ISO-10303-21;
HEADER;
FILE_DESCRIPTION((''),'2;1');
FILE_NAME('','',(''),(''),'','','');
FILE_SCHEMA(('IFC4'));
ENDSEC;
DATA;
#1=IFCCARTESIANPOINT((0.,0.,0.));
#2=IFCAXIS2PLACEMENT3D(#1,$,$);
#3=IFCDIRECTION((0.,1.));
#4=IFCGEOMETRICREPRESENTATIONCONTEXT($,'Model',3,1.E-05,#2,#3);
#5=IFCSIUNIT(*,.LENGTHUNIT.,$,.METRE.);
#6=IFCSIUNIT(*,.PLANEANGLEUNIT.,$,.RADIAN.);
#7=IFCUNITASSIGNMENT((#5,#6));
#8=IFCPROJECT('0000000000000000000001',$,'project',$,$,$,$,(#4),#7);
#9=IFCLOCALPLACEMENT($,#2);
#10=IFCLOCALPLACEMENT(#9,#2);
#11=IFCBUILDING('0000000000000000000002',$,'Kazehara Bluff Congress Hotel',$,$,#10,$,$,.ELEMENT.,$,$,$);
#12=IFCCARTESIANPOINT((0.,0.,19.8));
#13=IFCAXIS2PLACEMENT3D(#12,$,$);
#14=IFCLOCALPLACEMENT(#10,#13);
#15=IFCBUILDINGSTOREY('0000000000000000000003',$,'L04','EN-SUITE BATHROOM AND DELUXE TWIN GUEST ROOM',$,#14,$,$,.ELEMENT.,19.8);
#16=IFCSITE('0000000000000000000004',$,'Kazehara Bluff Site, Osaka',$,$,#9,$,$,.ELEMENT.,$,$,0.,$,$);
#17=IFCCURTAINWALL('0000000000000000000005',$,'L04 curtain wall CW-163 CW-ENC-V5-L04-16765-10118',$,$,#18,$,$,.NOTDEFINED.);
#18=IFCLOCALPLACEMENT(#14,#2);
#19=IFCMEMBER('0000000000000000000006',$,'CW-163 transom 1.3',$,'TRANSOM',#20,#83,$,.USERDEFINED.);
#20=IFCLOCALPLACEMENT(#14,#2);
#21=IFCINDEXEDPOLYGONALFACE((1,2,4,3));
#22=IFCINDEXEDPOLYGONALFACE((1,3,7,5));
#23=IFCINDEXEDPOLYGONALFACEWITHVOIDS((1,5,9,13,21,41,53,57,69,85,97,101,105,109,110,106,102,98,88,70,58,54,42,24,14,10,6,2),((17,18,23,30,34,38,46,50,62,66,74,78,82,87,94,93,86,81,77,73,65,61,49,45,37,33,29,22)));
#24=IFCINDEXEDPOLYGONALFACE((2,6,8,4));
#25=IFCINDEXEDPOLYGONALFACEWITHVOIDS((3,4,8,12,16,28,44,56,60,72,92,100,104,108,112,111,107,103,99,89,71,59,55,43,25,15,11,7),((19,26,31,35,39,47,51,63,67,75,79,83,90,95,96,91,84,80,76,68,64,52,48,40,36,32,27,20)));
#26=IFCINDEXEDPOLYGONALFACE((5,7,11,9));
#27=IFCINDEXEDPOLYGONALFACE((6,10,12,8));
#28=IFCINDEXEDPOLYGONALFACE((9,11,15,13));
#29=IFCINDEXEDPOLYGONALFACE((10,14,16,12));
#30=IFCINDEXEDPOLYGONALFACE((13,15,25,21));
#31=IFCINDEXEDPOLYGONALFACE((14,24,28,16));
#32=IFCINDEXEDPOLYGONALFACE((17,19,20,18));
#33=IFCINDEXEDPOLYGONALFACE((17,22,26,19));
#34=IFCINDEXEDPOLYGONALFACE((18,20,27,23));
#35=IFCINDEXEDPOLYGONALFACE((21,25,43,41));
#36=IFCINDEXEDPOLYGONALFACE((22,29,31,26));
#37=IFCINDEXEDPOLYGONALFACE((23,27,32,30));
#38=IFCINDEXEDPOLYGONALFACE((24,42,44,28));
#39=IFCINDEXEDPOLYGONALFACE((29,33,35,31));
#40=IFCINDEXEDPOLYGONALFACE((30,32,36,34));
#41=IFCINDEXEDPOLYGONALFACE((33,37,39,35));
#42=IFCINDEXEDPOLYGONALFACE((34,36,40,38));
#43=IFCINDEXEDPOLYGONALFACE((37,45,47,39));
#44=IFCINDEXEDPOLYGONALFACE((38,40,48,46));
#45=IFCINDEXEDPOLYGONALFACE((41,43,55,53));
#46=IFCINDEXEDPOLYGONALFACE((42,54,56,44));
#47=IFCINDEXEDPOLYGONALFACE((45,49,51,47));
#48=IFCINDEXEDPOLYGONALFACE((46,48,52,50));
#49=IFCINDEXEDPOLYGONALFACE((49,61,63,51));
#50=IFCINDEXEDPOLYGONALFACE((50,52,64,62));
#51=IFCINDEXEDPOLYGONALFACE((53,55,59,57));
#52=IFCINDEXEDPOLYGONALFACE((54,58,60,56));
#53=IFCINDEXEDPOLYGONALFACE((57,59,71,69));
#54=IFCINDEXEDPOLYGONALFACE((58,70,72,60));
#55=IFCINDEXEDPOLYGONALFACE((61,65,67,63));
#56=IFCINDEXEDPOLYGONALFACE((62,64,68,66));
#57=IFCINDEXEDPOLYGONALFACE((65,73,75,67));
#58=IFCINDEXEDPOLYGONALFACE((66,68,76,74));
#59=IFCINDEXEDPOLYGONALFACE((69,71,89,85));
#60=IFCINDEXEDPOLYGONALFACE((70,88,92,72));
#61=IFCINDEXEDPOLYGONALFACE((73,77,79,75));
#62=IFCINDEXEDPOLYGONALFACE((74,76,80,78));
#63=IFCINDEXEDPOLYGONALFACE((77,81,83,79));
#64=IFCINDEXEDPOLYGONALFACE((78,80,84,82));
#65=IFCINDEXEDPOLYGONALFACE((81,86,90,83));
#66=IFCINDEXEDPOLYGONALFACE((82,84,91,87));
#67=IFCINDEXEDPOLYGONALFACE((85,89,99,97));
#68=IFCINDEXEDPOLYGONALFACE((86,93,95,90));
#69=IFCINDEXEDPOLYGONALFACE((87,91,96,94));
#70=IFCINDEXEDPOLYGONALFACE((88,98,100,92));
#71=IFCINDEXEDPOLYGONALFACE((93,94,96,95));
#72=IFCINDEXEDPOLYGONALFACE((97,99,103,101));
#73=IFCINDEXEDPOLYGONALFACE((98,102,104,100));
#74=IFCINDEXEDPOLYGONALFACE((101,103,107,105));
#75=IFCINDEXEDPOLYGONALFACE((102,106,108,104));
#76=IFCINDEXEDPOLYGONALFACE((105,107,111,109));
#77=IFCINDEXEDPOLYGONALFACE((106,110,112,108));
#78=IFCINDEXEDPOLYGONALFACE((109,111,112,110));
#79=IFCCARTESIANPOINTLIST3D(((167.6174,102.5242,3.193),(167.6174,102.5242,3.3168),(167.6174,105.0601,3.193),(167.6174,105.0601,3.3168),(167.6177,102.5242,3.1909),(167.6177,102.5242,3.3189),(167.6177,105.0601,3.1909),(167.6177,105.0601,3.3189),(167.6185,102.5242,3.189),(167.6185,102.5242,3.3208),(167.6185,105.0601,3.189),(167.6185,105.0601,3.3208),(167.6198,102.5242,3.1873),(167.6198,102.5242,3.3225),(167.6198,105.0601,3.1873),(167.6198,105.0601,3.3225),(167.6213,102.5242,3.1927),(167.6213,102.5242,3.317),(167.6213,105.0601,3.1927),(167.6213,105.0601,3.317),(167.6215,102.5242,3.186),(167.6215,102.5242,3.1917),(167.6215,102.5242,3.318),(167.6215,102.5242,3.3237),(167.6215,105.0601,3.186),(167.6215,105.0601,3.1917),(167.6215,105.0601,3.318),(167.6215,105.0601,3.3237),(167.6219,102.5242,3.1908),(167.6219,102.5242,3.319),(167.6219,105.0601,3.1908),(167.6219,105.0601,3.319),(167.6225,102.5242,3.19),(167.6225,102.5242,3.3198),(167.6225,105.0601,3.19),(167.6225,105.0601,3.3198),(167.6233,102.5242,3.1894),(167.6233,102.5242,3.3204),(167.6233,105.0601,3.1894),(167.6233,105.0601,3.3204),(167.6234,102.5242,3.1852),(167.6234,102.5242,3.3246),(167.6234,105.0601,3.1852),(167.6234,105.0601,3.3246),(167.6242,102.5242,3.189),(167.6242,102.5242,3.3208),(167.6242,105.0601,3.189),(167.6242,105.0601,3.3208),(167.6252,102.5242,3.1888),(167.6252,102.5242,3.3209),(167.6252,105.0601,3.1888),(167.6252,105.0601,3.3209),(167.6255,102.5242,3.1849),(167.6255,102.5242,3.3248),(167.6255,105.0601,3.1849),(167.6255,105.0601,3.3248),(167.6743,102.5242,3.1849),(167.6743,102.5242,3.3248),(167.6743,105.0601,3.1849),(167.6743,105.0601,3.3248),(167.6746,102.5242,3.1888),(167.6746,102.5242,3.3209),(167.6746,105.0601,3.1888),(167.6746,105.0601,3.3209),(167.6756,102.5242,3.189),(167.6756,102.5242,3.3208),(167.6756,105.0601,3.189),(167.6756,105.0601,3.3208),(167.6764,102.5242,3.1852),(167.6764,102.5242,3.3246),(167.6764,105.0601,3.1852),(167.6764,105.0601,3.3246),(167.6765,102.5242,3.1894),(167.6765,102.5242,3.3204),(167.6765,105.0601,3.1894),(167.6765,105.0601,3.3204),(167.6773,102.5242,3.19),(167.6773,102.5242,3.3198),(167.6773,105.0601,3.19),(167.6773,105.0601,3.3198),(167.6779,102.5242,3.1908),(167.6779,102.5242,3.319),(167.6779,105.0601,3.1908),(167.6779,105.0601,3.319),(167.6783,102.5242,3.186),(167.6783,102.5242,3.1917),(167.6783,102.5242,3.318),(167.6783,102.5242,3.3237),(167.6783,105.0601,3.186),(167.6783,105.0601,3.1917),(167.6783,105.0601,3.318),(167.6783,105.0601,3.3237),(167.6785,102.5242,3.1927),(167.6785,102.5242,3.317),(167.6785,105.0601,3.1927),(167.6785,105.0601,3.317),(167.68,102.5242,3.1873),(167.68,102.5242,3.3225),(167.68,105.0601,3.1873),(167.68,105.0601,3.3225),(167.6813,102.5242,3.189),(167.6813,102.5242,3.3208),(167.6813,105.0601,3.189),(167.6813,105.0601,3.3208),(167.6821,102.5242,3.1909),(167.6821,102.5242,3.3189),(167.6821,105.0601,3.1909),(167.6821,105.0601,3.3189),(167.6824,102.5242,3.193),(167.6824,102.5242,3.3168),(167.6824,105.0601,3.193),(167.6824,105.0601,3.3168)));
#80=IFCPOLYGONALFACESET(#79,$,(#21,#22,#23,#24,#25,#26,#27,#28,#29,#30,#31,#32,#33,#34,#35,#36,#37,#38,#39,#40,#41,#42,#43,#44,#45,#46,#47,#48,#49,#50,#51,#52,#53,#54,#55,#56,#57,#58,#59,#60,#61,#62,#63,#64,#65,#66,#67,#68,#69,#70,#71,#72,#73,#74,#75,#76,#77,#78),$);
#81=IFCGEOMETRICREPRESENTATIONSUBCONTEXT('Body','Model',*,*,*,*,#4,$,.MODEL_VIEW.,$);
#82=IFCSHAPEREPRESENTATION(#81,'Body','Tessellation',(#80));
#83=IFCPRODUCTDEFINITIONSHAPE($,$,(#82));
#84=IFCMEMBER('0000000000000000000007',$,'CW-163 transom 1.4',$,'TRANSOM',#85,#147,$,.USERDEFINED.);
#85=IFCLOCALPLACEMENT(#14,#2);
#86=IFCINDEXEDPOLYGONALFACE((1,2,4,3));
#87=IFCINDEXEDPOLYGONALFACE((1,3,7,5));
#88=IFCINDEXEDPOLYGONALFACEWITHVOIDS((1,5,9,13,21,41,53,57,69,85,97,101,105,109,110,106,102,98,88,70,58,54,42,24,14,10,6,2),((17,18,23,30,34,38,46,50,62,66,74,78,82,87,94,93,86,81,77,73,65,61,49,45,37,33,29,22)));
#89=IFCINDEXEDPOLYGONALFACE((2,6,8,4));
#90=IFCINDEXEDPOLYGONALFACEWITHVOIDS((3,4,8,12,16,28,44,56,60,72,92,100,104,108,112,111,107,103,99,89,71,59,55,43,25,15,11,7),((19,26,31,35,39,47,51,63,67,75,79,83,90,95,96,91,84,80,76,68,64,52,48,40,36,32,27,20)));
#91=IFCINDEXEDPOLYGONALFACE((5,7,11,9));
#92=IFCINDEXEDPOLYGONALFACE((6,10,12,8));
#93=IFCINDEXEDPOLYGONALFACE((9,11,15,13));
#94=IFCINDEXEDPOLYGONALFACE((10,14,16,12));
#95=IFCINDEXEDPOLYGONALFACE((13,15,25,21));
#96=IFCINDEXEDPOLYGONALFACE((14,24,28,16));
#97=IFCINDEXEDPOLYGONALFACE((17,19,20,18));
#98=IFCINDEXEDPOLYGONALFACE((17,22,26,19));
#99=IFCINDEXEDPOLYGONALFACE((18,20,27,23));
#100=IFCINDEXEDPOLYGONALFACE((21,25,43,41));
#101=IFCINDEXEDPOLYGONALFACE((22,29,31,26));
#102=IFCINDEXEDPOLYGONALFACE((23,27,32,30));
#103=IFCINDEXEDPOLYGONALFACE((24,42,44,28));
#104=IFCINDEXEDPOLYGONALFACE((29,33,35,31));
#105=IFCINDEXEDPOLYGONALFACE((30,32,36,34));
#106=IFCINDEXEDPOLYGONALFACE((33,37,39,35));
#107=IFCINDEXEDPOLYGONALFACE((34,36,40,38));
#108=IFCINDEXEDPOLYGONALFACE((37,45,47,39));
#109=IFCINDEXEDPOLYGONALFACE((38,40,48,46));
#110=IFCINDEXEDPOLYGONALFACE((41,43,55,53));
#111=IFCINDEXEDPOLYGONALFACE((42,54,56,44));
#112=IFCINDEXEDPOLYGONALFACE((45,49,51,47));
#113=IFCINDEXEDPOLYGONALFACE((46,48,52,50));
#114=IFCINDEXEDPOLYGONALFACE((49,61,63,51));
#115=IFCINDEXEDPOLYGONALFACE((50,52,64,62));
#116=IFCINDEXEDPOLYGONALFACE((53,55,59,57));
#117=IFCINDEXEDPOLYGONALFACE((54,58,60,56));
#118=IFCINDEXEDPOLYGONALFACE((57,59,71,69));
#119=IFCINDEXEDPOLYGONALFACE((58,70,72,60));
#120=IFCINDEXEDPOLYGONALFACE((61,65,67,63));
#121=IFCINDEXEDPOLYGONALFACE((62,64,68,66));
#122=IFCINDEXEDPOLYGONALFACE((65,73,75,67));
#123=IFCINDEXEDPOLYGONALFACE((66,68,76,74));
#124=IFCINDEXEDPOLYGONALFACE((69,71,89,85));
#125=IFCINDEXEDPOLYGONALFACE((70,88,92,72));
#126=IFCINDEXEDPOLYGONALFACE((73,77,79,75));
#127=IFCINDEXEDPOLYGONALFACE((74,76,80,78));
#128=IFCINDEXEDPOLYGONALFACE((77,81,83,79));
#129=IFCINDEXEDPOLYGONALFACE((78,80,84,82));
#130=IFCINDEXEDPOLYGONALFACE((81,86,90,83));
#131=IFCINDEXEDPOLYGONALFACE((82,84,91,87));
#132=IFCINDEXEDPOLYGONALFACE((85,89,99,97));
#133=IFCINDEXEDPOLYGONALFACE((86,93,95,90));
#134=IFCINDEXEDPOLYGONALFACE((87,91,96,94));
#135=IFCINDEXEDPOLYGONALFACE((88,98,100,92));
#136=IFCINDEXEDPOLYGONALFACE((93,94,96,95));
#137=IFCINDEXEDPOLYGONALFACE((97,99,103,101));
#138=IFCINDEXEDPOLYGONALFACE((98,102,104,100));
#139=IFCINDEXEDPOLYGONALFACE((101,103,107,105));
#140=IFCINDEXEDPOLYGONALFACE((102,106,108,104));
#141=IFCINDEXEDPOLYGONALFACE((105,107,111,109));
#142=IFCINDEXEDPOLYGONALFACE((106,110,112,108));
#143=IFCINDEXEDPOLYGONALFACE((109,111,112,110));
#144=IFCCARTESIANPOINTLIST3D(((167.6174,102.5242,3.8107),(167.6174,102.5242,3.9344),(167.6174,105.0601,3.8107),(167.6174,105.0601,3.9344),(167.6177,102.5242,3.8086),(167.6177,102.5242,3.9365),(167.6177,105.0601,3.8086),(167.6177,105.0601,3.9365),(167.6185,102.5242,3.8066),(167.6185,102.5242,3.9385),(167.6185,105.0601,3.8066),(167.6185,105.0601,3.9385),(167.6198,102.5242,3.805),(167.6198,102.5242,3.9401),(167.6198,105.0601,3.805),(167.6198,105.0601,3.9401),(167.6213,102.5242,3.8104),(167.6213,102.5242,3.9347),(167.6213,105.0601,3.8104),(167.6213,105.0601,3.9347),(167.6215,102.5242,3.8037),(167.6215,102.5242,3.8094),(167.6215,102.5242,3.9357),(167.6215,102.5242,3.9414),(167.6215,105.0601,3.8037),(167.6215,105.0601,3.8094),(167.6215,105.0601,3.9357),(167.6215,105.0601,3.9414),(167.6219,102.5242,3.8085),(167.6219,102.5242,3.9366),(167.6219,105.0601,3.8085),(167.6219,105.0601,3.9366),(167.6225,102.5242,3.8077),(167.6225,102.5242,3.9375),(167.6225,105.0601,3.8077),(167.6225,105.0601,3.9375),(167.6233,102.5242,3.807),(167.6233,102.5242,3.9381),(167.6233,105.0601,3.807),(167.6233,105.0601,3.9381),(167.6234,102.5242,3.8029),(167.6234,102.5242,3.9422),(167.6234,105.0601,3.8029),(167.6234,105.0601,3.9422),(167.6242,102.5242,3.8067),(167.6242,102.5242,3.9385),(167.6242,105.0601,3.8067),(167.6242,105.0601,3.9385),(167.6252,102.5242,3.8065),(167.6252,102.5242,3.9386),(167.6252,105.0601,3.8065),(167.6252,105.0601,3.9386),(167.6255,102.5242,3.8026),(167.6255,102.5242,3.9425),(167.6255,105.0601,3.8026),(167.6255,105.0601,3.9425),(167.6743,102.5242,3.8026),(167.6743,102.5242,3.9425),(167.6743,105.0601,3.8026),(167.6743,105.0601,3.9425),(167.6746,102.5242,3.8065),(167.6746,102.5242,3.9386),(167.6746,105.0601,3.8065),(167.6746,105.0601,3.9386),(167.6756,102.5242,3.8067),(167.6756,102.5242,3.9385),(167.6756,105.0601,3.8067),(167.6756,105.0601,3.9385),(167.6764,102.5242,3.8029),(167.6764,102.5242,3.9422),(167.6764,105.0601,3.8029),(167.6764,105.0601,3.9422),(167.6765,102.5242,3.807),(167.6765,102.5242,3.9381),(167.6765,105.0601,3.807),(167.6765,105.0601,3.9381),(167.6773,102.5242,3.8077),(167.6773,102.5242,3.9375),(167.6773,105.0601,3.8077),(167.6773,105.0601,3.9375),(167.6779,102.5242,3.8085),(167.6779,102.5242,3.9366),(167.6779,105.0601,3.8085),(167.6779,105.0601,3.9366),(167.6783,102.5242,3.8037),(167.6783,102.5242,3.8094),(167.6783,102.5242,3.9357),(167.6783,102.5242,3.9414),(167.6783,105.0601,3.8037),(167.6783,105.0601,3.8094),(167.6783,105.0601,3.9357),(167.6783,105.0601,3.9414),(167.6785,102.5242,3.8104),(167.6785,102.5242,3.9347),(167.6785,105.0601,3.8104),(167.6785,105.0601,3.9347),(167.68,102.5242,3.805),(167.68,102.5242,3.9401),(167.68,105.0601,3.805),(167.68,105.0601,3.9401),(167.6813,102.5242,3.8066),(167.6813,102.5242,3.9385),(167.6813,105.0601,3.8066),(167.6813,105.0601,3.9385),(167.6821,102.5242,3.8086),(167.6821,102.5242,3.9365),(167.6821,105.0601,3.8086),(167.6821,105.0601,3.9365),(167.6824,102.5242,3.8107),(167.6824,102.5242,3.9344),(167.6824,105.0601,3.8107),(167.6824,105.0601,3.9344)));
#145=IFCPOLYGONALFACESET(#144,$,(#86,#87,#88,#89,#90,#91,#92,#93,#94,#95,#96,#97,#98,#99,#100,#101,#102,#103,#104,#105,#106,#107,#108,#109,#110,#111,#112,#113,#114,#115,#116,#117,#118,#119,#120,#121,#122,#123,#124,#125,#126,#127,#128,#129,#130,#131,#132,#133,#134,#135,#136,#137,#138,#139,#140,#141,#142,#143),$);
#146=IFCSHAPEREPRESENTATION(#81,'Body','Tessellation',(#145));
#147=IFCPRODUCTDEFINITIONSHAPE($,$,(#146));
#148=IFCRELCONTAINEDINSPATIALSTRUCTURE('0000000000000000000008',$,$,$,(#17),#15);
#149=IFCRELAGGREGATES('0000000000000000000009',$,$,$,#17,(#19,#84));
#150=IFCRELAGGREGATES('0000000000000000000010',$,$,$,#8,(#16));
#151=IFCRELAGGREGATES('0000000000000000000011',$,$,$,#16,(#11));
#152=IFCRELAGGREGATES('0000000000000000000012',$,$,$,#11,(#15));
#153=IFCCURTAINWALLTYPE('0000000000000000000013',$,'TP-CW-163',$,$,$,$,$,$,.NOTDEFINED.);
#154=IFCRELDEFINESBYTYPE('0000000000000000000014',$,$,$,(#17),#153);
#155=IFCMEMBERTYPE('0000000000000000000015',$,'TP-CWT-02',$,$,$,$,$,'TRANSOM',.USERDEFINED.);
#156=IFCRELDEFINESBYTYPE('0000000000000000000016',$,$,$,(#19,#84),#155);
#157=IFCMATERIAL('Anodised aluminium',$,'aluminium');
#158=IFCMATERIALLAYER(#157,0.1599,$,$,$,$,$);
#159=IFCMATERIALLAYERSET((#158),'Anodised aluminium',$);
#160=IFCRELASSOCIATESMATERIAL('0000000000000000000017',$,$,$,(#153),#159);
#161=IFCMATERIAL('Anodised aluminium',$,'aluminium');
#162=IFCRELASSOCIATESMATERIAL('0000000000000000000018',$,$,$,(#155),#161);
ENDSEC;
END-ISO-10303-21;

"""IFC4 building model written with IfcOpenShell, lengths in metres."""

from ifc_helpers import new_model, si_unit, direction, frame, origin, origin_2d, place, context, subcontext, project, spatial, hollow_rectangle, extrude, material, layer, layer_set, material_profile, profile_set, type_object, element, aggregate, save


model = new_model("IFC4")

# Units and contexts
model_context = context("Model", 3, precision=1e-05, world=origin(), true_north=direction((0.0, 1.0)))
body_context = subcontext(model_context, "Body", "Model", "MODEL_VIEW")
ifc_project = project(units=[si_unit("LENGTHUNIT", "METRE"), si_unit("PLANEANGLEUNIT", "RADIAN")], contexts=[model_context])

# Site, building, storey
site_placement = place(None, origin())
site = spatial("IfcSite", under=ifc_project, at=site_placement, Name="Kazehara Bluff Site, Osaka", CompositionType="ELEMENT", RefElevation=0.0)
building_placement = place(site_placement, origin())
building = spatial("IfcBuilding", under=site, at=building_placement, Name="Kazehara Bluff Congress Hotel", CompositionType="ELEMENT")
storey_placement = place(building_placement, frame((0.0, 0.0, 19.8)))
storey = spatial("IfcBuildingStorey", under=building, at=storey_placement, Name="L04", Description="EN-SUITE BATHROOM AND DELUXE TWIN GUEST ROOM", CompositionType="ELEMENT", Elevation=19.8)

# Curtain wall
ifc_material_1 = material(Name="Anodised aluminium", Category="aluminium")
ifc_layer_1 = layer(ifc_material_1, 0.1599)
ifc_layer_set_1 = layer_set([ifc_layer_1], Name="Anodised aluminium")
curtain_wall_type_1 = type_object("IfcCurtainWallType", Name="TP-CW-163", PredefinedType="NOTDEFINED", material=ifc_layer_set_1)
curtain_wall_1_placement = place(storey_placement, origin())
curtain_wall_1 = element("IfcCurtainWall", 1, at=curtain_wall_1_placement, inside=storey, type_object=curtain_wall_type_1, Name="L04 curtain wall CW-163 CW-ENC-V5-L04-16765-10118", PredefinedType="NOTDEFINED")

# Members
ifc_material_2 = material(Name="Anodised aluminium", Category="aluminium")
ifc_material_profile_1 = material_profile(ifc_material_2, hollow_rectangle(XDim=0.0649, YDim=0.1399, WallThickness=0.0039, InnerFilletRadius=0.0039, OuterFilletRadius=0.0081, at=origin_2d()))
ifc_profile_set_1 = profile_set([ifc_material_profile_1], Name="Anodised aluminium")
member_type_1 = type_object("IfcMemberType", Name="TP-CWT-02", ElementType="TRANSOM", PredefinedType="USERDEFINED", material=ifc_profile_set_1)
member_1_placement = place(storey_placement, frame((167.6499, 105.0601, 3.2549), z_axis=(0.0, -1.0, 0.0), x_axis=(1.0, 0.0, 0.0)))
member_1 = element("IfcMember", 2, at=member_1_placement, type_object=member_type_1, Name="CW-163 transom 1.3", ObjectType="TRANSOM", PredefinedType="USERDEFINED", context=body_context, shape_type="SweptSolid", body=[
    extrude(hollow_rectangle(XDim=0.0649, YDim=0.1399, WallThickness=0.0039, InnerFilletRadius=0.0039, OuterFilletRadius=0.0081, at=origin_2d()), origin(), (0.0, 0.0, 1.0), 2.5359),
])
member_2_placement = place(storey_placement, frame((167.6499, 105.0601, 3.8726), z_axis=(0.0, -1.0, 0.0), x_axis=(1.0, 0.0, 0.0)))
member_2 = element("IfcMember", 3, at=member_2_placement, type_object=member_type_1, Name="CW-163 transom 1.4", ObjectType="TRANSOM", PredefinedType="USERDEFINED", context=body_context, shape_type="SweptSolid", body=[
    extrude(hollow_rectangle(XDim=0.0649, YDim=0.1399, WallThickness=0.0039, InnerFilletRadius=0.0039, OuterFilletRadius=0.0081, at=origin_2d()), origin(), (0.0, 0.0, 1.0), 2.5359),
])

aggregate(curtain_wall_1, [member_1, member_2])

save(model, "model.ifc")
